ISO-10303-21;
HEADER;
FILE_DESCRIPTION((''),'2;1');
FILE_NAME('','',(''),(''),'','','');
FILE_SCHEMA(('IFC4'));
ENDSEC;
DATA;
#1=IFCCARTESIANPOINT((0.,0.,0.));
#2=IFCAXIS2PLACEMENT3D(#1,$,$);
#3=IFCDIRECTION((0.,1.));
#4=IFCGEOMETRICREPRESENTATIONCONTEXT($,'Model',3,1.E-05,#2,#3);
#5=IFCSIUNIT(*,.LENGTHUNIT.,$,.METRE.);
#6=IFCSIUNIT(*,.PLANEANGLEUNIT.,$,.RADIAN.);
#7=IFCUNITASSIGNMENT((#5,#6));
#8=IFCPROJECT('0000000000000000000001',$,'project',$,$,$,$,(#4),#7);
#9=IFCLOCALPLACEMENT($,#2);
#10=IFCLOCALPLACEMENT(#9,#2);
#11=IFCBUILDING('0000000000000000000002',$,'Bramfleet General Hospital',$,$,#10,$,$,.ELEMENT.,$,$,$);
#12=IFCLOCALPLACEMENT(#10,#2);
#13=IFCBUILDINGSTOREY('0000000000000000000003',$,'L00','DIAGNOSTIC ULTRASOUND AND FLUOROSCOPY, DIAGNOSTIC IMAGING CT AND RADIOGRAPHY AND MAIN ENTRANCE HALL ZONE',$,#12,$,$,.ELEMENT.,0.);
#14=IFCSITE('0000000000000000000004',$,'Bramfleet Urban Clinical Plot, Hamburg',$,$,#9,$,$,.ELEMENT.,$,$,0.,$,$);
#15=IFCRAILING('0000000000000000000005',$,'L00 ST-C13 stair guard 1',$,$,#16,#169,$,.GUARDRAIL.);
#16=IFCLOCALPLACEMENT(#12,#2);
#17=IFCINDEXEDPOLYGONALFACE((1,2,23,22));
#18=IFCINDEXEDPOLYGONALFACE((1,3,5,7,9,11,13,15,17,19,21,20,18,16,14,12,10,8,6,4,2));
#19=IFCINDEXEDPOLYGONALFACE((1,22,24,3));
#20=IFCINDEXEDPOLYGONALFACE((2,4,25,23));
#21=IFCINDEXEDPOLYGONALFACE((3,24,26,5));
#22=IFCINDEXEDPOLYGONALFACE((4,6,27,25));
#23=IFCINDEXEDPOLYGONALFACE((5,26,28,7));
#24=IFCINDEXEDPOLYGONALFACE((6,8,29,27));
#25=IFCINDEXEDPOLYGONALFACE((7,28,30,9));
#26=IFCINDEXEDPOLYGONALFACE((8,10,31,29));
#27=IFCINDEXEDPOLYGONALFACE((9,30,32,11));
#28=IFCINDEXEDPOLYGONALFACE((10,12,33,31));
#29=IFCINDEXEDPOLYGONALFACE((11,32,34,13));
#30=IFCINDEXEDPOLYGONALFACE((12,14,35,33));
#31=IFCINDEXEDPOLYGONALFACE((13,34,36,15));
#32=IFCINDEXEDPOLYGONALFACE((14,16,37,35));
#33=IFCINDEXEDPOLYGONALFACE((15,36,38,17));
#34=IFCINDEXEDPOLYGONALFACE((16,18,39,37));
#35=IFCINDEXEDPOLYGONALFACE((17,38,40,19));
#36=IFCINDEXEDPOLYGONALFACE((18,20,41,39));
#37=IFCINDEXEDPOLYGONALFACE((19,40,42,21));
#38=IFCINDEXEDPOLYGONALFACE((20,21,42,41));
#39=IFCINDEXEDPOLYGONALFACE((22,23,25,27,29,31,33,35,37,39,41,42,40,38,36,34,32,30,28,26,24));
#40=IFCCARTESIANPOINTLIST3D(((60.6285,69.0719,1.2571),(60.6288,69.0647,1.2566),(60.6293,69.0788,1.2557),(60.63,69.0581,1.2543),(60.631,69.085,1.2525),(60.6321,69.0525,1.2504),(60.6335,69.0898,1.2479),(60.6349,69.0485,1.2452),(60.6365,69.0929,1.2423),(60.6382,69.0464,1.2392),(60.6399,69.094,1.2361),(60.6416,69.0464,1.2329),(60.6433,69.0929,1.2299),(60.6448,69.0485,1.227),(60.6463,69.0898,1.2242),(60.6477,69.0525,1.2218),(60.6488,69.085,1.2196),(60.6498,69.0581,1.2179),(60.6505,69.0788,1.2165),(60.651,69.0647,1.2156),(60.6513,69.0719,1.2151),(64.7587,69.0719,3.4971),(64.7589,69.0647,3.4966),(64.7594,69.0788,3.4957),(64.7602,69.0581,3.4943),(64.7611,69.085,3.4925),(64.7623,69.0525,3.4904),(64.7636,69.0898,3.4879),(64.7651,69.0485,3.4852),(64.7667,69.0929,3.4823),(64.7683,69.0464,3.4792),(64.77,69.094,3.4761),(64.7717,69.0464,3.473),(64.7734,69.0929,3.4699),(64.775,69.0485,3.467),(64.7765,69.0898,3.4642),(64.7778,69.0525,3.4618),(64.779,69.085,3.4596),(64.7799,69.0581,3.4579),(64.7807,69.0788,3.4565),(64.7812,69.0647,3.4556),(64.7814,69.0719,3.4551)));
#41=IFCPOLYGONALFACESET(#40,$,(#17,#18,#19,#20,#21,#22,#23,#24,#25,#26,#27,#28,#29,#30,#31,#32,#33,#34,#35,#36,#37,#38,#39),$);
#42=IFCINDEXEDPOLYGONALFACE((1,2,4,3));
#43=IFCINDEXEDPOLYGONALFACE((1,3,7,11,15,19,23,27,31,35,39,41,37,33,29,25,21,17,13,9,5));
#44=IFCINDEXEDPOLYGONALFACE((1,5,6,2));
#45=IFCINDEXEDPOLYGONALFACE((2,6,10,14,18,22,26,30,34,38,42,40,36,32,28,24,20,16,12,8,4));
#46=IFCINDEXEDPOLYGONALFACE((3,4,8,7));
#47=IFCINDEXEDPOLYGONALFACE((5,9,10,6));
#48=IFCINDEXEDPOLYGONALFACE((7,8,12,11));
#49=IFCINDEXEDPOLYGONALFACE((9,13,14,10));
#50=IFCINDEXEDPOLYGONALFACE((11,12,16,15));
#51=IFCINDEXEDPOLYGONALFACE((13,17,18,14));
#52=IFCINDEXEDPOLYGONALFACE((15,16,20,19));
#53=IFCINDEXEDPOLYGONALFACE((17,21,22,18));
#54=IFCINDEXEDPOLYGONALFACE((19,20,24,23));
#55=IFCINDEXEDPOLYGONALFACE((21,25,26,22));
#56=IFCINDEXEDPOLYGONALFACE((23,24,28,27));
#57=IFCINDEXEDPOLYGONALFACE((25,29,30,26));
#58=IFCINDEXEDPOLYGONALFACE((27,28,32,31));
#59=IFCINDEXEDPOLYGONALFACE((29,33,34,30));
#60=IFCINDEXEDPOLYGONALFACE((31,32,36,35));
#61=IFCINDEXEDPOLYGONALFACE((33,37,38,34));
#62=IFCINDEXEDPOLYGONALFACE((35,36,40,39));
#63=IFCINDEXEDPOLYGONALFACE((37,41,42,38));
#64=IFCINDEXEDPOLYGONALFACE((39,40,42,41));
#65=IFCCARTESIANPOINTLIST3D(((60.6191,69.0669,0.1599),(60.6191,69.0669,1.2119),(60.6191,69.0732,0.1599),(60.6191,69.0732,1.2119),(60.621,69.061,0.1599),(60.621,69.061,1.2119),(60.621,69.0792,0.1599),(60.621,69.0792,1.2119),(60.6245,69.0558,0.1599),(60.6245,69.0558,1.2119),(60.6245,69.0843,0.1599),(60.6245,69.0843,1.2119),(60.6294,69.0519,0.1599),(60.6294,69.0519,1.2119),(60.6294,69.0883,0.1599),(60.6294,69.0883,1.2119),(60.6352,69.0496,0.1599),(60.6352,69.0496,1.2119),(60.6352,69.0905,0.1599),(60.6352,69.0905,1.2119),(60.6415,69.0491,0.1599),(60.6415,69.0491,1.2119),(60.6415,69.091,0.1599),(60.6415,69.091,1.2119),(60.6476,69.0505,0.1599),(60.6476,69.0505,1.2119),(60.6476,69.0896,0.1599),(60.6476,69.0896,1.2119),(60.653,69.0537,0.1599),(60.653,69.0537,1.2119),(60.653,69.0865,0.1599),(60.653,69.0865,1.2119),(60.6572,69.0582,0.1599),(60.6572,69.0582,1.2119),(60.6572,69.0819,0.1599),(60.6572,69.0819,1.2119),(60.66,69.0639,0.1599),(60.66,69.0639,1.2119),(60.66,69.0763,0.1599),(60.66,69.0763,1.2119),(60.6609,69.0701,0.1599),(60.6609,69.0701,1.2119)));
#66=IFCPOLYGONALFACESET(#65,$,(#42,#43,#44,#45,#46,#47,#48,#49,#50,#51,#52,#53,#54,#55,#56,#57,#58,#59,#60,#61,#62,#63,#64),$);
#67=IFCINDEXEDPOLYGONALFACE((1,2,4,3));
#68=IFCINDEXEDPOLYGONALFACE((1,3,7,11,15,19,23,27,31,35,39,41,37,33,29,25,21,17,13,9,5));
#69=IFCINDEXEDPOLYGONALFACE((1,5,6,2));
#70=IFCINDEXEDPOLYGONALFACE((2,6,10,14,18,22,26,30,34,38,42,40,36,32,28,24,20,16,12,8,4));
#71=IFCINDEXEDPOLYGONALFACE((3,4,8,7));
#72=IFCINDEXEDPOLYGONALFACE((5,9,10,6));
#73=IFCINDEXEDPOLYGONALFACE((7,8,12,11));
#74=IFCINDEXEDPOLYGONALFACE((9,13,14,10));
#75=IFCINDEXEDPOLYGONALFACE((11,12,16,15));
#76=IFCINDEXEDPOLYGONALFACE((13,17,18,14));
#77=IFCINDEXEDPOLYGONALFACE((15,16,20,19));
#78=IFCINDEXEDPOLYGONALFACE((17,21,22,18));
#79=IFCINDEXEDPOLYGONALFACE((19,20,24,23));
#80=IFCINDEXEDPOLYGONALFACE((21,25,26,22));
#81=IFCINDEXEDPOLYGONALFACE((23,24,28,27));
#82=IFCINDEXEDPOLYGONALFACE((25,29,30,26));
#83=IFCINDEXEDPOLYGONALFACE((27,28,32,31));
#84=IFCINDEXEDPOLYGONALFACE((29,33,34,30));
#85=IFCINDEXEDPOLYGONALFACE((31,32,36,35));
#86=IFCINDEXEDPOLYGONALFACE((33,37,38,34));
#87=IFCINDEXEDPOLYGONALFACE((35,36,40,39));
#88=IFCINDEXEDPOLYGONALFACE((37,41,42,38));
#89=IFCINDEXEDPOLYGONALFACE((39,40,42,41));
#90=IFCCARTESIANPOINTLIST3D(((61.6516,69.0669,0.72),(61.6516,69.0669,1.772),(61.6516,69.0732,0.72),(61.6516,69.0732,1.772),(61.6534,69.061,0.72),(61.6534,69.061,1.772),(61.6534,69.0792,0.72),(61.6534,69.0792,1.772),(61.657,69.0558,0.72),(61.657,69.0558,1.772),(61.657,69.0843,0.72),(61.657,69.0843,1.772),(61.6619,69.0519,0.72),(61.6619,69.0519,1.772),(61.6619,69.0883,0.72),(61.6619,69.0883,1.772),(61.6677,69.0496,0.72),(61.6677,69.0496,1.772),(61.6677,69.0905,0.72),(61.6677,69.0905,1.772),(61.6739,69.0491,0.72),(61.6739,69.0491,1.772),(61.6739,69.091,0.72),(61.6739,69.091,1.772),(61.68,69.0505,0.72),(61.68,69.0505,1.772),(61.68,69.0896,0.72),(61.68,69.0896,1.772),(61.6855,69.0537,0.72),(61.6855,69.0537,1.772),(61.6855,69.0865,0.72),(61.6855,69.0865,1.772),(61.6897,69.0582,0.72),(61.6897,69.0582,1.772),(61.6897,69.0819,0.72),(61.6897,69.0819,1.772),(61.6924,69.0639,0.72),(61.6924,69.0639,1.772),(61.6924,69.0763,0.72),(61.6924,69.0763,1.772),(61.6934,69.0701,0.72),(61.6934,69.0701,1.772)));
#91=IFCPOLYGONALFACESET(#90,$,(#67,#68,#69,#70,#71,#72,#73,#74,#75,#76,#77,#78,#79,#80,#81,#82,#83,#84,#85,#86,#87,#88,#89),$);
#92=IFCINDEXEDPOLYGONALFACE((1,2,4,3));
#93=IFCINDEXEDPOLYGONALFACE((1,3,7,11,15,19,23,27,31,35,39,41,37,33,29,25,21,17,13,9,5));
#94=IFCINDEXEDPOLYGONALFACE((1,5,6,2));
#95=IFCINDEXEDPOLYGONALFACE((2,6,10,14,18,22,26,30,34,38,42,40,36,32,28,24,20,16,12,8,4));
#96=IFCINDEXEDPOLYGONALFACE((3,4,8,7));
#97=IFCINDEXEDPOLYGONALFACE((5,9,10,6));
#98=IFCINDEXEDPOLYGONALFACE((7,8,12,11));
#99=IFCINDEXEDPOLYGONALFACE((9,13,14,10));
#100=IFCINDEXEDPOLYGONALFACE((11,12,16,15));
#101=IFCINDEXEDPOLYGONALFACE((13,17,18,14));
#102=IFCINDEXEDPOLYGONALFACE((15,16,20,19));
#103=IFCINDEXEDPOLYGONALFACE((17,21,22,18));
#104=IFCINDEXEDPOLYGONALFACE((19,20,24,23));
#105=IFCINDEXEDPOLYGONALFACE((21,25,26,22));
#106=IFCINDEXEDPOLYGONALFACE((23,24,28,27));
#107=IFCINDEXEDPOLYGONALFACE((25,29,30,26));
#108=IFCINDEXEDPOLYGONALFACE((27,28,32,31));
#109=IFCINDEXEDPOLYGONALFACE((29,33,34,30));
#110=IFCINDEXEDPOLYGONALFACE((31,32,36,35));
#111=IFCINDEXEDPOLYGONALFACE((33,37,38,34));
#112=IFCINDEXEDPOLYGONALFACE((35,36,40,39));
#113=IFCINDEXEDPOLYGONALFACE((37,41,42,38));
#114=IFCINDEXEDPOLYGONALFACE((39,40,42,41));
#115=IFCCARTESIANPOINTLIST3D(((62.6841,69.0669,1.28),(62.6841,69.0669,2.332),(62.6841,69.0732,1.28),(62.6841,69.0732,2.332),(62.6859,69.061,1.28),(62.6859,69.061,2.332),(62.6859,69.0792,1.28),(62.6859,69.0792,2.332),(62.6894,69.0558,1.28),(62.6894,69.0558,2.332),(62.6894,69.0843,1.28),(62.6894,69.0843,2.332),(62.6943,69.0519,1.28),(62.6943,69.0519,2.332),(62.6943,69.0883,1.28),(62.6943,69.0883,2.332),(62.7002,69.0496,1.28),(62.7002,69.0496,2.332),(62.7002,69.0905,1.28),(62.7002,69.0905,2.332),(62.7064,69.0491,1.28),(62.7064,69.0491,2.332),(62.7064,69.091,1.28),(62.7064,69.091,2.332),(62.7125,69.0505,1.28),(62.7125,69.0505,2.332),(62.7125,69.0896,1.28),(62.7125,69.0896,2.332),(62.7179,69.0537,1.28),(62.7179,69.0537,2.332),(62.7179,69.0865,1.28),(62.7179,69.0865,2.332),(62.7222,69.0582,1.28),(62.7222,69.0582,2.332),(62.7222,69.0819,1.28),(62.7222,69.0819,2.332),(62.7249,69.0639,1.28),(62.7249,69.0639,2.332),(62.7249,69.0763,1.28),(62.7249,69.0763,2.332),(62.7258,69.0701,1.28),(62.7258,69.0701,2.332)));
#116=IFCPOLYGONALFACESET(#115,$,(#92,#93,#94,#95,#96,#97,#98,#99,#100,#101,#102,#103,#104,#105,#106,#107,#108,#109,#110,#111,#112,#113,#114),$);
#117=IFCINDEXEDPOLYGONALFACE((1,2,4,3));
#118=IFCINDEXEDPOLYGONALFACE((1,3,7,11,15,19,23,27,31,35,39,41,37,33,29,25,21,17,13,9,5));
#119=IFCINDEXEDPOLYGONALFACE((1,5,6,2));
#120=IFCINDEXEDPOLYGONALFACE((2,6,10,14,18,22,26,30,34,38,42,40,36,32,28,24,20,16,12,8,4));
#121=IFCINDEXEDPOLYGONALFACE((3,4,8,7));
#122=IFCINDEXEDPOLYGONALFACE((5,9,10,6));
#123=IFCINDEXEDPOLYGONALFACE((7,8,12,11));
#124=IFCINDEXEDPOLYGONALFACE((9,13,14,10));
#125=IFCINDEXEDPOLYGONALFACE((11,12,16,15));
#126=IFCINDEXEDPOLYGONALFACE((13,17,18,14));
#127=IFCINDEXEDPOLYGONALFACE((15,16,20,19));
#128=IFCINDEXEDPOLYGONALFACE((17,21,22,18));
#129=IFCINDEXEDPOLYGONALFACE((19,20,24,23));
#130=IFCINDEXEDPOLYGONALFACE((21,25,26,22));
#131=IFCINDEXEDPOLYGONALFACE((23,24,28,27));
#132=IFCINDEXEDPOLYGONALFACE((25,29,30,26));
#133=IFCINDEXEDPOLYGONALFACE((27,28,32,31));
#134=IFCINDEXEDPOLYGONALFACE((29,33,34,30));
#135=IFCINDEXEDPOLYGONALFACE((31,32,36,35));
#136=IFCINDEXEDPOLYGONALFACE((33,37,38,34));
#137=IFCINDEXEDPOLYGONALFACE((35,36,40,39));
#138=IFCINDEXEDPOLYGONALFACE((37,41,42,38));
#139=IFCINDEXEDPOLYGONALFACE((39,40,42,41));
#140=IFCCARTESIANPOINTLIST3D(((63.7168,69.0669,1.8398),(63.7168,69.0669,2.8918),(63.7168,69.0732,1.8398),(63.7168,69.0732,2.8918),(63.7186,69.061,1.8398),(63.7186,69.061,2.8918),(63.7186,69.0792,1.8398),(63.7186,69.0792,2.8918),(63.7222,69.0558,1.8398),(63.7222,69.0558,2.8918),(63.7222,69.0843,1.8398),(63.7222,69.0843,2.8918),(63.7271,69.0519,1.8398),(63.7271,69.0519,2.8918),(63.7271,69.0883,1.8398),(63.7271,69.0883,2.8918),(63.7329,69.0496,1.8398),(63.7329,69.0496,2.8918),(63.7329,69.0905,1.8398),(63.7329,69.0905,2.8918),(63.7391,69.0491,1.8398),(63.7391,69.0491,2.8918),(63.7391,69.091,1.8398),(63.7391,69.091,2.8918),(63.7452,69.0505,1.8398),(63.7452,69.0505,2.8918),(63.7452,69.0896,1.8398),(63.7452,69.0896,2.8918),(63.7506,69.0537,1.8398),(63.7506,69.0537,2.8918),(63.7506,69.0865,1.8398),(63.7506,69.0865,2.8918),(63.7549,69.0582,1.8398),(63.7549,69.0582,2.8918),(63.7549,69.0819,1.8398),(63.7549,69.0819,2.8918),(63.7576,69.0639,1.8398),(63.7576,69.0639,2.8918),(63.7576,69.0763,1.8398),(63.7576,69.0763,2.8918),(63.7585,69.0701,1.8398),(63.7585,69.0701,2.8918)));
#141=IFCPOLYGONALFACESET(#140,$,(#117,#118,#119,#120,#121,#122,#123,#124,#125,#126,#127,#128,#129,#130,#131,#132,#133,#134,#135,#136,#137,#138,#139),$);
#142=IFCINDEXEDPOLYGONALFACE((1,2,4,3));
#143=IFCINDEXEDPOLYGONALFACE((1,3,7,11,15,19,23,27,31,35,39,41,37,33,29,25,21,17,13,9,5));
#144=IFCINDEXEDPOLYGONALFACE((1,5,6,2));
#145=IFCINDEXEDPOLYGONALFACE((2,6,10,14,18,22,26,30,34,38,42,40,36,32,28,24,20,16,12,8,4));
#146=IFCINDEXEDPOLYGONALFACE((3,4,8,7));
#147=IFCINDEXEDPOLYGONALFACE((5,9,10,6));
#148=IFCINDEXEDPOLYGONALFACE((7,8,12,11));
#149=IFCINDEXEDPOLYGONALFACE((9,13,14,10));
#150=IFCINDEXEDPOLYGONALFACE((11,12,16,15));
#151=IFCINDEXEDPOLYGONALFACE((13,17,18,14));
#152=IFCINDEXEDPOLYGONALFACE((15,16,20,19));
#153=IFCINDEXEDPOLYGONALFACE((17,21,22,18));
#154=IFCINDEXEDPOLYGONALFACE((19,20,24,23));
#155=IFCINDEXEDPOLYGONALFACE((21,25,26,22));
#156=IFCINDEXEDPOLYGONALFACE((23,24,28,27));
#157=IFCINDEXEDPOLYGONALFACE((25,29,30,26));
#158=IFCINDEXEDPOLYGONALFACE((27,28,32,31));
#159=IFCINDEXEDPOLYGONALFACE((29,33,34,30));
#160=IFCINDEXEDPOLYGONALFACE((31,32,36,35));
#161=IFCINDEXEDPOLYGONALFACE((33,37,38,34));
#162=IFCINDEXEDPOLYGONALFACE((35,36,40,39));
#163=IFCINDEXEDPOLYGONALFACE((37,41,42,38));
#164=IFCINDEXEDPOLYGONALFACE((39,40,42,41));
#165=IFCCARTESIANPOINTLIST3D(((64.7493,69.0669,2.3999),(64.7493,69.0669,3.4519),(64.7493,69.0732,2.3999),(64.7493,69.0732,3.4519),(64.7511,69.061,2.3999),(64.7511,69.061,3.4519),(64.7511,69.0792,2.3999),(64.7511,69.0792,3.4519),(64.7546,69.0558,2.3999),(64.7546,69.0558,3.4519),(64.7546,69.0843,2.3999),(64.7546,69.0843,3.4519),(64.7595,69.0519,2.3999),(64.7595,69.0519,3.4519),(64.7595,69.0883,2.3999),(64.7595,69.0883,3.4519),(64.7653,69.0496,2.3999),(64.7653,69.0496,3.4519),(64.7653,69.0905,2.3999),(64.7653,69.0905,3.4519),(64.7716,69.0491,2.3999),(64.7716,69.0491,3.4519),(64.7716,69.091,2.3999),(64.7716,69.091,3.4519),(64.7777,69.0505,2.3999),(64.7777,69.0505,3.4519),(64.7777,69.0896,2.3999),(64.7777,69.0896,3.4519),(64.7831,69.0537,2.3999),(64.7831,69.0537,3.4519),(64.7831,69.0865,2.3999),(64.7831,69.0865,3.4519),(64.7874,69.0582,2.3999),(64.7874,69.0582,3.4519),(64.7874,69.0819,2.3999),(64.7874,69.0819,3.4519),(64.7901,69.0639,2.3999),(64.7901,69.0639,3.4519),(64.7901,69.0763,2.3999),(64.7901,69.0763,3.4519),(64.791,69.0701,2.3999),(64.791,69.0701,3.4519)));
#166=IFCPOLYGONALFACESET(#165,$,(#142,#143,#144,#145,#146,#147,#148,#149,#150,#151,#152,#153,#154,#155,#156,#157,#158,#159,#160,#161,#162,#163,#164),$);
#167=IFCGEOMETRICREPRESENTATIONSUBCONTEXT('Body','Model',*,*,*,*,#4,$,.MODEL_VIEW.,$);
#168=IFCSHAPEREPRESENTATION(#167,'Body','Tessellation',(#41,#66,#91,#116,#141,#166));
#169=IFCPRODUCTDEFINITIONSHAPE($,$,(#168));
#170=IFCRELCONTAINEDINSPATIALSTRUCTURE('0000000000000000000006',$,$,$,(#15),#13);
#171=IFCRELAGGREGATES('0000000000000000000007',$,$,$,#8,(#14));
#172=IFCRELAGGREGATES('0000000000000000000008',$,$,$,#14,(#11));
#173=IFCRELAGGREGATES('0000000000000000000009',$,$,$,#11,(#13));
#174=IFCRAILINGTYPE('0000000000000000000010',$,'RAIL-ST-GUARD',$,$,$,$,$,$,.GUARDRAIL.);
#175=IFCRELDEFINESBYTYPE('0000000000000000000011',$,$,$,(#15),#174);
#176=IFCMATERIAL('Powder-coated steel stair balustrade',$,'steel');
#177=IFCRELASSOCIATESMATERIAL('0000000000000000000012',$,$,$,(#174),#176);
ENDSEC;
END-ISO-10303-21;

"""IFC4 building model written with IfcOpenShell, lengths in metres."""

from ifc_helpers import new_model, si_unit, direction, frame, origin, origin_2d, place, context, subcontext, project, spatial, circle, extrude, material, type_object, element, save


model = new_model("IFC4")

# Units and contexts
model_context = context("Model", 3, precision=1e-05, world=origin(), true_north=direction((0.0, 1.0)))
body_context = subcontext(model_context, "Body", "Model", "MODEL_VIEW")
ifc_project = project(units=[si_unit("LENGTHUNIT", "METRE"), si_unit("PLANEANGLEUNIT", "RADIAN")], contexts=[model_context])

# Site, building, storey
site_placement = place(None, origin())
site = spatial("IfcSite", under=ifc_project, at=site_placement, Name="Bramfleet Urban Clinical Plot, Hamburg", CompositionType="ELEMENT", RefElevation=0.0)
building_placement = place(site_placement, origin())
building = spatial("IfcBuilding", under=site, at=building_placement, Name="Bramfleet General Hospital", CompositionType="ELEMENT")
storey_placement = place(building_placement, origin())
storey = spatial("IfcBuildingStorey", under=building, at=storey_placement, Name="L00", Description="DIAGNOSTIC ULTRASOUND AND FLUOROSCOPY, DIAGNOSTIC IMAGING CT AND RADIOGRAPHY AND MAIN ENTRANCE HALL ZONE", CompositionType="ELEMENT", Elevation=0.0)

# Railing
ifc_material_1 = material(Name="Powder-coated steel stair balustrade", Category="steel")
railing_type_1 = type_object("IfcRailingType", Name="RAIL-ST-GUARD", PredefinedType="GUARDRAIL", material=ifc_material_1)
railing_1_placement = place(storey_placement, frame((60.6399, 69.0701, 0.1599)))
element("IfcRailing", 1, at=railing_1_placement, inside=storey, type_object=railing_type_1, Name="L00 ST-C13 stair guard 1", PredefinedType="GUARDRAIL", context=body_context, shape_type="SweptSolid", body=[
    extrude(circle(Radius=0.0239, at=origin_2d()), frame((0.0, 0.0, 1.0762), z_axis=(0.879039, 0.0, 0.47675), x_axis=(0.0, 1.0, 0.0)), (0.0, 0.0, 1.0), 4.6985),
    extrude(circle(Radius=0.021, at=origin_2d()), origin(), (0.0, 0.0, 1.0), 1.052),
    extrude(circle(Radius=0.021, at=origin_2d()), frame((1.0325, 0.0, 0.5601)), (0.0, 0.0, 1.0), 1.052),
    extrude(circle(Radius=0.021, at=origin_2d()), frame((2.0649, 0.0, 1.1201)), (0.0, 0.0, 1.0), 1.052),
    extrude(circle(Radius=0.021, at=origin_2d()), frame((3.0977, 0.0, 1.6799)), (0.0, 0.0, 1.0), 1.052),
    extrude(circle(Radius=0.021, at=origin_2d()), frame((4.1301, 0.0, 2.24)), (0.0, 0.0, 1.0), 1.052),
])

save(model, "model.ifc")
